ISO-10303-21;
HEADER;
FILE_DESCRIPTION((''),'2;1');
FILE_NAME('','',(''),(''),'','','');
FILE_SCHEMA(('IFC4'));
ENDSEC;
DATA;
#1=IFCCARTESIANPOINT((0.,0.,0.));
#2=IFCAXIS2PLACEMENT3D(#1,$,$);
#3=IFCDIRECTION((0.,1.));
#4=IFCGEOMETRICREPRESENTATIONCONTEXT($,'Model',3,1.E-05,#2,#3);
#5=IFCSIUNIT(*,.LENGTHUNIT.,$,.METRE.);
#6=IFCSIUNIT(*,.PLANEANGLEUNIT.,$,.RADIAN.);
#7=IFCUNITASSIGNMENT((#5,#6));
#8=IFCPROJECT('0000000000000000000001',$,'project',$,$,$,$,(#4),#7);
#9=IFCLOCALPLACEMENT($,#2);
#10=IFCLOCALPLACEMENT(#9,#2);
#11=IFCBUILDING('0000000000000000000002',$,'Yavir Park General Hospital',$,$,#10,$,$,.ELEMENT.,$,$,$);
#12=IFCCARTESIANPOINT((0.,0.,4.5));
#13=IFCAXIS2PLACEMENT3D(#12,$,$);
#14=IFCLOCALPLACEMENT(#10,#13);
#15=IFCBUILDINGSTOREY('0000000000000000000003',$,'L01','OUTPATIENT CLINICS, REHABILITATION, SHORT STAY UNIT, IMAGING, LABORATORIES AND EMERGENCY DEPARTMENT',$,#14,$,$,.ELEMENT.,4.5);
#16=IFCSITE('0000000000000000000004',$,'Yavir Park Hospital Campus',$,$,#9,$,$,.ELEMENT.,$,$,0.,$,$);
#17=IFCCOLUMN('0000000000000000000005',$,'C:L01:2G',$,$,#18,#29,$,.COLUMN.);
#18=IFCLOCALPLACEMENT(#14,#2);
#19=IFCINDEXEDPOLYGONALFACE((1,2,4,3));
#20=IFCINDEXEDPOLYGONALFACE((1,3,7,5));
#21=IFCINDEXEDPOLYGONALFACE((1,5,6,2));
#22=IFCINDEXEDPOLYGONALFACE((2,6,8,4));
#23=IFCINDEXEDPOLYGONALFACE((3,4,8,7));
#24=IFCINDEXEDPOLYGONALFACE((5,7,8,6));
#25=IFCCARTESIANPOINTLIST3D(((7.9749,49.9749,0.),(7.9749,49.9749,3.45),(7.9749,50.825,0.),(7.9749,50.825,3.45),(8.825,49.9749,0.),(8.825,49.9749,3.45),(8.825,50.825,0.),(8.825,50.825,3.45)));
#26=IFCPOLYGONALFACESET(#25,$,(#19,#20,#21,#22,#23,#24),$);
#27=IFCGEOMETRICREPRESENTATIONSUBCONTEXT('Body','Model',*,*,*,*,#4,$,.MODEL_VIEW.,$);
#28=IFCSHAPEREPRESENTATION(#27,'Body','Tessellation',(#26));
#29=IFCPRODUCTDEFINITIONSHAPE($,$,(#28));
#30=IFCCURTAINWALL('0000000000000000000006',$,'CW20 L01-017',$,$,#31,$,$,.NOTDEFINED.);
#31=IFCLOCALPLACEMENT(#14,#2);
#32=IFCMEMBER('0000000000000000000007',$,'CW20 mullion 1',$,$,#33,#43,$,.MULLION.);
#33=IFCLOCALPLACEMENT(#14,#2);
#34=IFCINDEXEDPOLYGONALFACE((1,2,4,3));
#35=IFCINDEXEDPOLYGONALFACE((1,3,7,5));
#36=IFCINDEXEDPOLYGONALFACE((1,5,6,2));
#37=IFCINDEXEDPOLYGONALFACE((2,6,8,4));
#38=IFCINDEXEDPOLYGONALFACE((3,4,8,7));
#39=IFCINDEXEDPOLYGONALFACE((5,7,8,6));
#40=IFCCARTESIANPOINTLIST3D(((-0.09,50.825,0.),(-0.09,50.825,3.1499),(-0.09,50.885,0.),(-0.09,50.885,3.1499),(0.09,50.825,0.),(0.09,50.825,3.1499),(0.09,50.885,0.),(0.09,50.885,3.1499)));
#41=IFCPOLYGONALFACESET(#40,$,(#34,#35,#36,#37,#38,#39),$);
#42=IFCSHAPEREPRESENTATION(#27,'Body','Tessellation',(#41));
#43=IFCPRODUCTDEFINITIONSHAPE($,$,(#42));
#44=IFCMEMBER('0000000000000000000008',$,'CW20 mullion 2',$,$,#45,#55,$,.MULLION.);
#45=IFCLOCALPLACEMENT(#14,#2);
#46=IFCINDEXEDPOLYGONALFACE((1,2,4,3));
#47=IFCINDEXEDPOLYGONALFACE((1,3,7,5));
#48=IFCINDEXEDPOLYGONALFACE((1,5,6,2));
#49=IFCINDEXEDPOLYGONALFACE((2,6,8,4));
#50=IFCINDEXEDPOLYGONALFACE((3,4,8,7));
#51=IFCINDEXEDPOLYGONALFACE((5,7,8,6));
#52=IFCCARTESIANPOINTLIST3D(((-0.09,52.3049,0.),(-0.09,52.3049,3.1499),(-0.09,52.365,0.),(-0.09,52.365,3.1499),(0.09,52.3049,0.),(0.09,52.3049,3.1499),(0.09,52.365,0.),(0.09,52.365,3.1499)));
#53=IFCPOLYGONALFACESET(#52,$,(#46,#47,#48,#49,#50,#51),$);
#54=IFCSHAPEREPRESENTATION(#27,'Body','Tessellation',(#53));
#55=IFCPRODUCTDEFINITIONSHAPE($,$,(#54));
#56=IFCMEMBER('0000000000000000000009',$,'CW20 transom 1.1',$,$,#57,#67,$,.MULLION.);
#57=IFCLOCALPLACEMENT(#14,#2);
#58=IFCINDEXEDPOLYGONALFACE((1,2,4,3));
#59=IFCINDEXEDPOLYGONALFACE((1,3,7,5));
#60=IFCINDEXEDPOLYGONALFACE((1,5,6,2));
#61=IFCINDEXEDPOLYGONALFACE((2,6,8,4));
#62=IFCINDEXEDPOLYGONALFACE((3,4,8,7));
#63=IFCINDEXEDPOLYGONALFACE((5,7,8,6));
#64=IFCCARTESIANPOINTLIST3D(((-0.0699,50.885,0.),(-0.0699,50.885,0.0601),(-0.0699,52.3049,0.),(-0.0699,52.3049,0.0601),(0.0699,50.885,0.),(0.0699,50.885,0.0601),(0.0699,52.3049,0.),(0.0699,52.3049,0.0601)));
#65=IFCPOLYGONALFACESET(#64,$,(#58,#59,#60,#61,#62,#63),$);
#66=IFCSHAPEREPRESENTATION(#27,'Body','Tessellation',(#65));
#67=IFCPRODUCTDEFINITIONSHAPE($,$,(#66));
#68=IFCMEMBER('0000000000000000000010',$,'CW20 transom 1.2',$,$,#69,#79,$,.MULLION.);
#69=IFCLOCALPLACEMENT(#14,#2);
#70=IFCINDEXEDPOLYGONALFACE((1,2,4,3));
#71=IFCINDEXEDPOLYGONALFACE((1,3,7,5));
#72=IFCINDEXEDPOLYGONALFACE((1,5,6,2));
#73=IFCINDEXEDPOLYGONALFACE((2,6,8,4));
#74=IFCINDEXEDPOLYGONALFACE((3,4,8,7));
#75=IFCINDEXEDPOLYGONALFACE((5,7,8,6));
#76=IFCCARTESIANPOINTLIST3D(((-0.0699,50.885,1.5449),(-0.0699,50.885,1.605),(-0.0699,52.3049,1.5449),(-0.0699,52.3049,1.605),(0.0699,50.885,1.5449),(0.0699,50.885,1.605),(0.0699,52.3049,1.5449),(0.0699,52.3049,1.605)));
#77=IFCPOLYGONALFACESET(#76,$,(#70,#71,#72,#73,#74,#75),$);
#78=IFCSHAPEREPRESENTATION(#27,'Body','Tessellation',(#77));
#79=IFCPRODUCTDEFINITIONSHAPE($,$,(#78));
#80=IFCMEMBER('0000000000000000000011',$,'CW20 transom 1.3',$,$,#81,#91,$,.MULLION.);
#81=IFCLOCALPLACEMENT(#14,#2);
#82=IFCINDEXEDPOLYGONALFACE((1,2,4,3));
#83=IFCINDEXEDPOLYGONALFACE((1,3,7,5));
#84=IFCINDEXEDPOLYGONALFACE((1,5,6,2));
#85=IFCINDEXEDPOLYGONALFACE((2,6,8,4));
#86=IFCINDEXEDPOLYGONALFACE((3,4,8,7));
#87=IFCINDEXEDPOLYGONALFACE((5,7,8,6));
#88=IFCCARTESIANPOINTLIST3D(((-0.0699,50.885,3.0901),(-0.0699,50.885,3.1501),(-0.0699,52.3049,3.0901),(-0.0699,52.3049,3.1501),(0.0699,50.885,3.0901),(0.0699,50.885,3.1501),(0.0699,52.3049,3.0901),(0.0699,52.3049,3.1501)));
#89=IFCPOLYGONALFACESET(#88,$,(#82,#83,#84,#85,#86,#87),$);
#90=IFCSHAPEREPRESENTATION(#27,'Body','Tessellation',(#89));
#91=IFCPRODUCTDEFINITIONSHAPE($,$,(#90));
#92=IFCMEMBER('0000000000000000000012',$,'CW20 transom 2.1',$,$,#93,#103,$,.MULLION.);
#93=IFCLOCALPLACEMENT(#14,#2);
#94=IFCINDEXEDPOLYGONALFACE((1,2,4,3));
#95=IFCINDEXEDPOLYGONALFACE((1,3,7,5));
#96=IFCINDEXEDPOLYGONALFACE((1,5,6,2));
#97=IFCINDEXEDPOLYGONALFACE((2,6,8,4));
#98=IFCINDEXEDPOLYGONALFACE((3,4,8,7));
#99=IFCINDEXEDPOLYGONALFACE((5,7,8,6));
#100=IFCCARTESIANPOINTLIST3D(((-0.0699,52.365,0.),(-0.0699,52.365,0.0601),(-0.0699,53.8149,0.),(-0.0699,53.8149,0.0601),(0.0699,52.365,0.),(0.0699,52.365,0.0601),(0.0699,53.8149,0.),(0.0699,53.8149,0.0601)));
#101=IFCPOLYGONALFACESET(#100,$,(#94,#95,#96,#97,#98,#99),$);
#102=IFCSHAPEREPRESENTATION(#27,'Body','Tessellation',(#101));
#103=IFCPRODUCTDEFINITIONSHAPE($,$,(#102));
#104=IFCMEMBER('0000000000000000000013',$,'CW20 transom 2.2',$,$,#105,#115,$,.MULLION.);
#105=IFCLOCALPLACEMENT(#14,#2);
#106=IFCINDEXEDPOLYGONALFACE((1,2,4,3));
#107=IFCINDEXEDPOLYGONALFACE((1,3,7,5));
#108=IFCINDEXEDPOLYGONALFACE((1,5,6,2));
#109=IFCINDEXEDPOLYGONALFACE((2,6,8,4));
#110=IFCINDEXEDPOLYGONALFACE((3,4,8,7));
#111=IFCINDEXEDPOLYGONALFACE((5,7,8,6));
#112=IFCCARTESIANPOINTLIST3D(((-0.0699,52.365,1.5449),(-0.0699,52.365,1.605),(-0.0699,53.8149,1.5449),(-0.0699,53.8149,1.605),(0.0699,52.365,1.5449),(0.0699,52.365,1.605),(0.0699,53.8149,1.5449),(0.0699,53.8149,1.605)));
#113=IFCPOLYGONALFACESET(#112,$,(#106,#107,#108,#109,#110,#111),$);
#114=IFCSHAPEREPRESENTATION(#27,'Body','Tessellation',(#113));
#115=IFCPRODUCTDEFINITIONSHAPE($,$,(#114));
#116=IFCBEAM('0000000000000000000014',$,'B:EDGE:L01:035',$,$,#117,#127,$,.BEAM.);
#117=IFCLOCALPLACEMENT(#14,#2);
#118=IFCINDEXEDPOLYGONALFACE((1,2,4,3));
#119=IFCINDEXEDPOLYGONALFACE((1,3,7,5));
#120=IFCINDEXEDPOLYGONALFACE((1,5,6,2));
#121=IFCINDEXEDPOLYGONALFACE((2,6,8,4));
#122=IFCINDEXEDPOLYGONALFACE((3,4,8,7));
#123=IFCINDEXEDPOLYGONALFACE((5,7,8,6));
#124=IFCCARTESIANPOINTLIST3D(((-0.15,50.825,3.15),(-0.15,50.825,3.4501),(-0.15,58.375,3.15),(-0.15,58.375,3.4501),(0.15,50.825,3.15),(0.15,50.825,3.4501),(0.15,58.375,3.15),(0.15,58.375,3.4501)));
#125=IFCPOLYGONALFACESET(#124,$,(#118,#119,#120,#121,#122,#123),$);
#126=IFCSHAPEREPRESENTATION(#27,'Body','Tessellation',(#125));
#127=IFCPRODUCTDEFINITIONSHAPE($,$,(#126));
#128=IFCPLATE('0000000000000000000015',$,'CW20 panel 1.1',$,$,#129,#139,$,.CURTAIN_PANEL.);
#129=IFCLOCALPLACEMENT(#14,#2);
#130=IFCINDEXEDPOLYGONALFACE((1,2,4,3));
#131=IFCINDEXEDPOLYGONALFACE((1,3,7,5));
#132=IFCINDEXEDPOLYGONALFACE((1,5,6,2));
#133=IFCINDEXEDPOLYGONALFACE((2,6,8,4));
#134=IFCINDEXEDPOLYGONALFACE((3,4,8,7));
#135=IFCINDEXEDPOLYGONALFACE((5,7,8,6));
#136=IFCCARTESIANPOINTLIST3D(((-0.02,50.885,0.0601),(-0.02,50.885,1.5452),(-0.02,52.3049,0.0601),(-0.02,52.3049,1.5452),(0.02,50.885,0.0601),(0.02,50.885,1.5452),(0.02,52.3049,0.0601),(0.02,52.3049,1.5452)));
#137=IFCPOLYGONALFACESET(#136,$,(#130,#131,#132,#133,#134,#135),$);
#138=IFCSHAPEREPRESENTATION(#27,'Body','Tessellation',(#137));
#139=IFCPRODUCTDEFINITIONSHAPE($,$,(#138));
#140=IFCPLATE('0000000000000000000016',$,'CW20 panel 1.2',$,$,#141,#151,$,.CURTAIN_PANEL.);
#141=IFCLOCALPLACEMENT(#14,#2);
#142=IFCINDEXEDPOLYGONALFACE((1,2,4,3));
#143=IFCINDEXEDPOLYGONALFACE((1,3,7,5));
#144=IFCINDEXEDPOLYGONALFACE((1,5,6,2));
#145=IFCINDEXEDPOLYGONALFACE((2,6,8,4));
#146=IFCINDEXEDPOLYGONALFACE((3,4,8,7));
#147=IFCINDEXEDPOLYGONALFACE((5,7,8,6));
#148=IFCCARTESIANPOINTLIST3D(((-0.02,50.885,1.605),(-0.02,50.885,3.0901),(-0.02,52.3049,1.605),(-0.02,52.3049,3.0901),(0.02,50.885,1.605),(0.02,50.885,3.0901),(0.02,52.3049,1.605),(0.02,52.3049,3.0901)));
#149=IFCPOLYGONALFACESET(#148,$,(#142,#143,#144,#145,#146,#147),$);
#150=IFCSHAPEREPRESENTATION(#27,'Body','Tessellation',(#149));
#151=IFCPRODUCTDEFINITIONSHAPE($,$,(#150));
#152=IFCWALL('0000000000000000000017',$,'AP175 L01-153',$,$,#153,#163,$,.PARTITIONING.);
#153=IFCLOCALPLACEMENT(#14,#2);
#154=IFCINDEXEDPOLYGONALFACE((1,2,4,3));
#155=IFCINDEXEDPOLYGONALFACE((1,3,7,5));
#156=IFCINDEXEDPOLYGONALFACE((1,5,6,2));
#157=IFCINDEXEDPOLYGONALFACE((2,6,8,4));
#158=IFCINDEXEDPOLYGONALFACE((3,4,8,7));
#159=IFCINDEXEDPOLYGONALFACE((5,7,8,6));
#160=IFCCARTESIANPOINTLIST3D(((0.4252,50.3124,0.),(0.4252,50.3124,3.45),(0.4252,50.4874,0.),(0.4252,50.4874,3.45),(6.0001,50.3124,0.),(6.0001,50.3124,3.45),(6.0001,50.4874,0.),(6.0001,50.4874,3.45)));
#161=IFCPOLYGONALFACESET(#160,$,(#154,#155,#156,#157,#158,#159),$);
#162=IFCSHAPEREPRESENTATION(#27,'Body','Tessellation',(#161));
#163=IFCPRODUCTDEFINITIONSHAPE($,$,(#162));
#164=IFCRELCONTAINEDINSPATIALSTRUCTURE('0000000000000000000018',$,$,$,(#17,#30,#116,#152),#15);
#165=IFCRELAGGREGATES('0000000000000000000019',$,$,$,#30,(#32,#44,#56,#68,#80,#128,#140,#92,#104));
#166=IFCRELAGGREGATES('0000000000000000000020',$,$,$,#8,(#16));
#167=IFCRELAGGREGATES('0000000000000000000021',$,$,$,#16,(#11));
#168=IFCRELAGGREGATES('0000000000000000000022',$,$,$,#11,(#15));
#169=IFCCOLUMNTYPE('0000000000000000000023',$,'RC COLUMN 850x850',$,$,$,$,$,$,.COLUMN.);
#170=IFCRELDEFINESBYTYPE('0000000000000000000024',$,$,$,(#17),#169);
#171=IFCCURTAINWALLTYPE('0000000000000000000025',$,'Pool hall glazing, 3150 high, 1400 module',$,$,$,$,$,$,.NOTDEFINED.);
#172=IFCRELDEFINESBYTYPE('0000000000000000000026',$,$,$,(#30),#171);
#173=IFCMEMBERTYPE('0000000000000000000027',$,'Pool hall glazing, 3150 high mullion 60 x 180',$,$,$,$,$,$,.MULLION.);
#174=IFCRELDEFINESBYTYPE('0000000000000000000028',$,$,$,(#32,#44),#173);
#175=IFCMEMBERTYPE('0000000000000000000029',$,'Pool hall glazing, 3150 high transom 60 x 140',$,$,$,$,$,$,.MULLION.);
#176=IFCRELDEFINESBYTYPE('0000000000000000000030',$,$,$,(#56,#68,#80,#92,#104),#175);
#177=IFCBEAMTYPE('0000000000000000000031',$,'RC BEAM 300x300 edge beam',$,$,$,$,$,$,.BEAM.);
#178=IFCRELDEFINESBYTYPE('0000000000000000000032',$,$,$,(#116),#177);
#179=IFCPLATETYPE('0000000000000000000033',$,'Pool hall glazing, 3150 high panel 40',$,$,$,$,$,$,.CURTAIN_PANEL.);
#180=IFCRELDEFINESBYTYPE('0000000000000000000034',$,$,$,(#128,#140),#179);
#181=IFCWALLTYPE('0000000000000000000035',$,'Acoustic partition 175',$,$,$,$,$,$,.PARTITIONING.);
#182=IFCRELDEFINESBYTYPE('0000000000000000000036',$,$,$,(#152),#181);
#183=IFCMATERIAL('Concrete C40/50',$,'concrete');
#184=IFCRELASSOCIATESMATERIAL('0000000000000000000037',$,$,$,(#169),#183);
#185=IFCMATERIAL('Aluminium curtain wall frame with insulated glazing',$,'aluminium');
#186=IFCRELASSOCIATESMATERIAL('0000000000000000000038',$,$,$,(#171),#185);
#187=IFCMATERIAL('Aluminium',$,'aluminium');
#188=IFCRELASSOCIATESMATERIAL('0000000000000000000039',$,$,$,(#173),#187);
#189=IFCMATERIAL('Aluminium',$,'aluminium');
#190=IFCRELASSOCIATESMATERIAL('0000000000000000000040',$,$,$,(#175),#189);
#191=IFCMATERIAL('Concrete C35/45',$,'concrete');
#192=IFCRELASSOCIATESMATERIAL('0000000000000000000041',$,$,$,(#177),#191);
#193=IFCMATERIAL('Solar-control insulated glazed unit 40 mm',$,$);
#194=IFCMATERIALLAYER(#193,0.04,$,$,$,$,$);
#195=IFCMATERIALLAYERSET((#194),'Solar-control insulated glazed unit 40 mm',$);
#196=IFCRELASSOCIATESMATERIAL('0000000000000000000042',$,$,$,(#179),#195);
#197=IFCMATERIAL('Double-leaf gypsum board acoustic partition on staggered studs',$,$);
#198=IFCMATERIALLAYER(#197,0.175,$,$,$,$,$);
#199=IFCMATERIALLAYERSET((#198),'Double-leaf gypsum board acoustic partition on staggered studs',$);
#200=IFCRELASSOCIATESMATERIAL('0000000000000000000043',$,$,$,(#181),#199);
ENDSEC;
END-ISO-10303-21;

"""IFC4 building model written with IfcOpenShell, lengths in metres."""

from ifc_helpers import new_model, si_unit, direction, frame, frame_2d, origin, origin_2d, place, context, subcontext, project, spatial, rectangle, extrude, material, layer, layer_set, material_profile, profile_set, type_object, element, aggregate, save


model = new_model("IFC4")

# Units and contexts
model_context = context("Model", 3, precision=1e-05, world=origin(), true_north=direction((0.0, 1.0)))
body_context = subcontext(model_context, "Body", "Model", "MODEL_VIEW")
ifc_project = project(units=[si_unit("LENGTHUNIT", "METRE"), si_unit("PLANEANGLEUNIT", "RADIAN")], contexts=[model_context])

# Site, building, storey
site_placement = place(None, origin())
site = spatial("IfcSite", under=ifc_project, at=site_placement, Name="Yavir Park Hospital Campus", CompositionType="ELEMENT", RefElevation=0.0)
building_placement = place(site_placement, origin())
building = spatial("IfcBuilding", under=site, at=building_placement, Name="Yavir Park General Hospital", CompositionType="ELEMENT")
storey_placement = place(building_placement, frame((0.0, 0.0, 4.5)))
storey = spatial("IfcBuildingStorey", under=building, at=storey_placement, Name="L01", Description="OUTPATIENT CLINICS, REHABILITATION, SHORT STAY UNIT, IMAGING, LABORATORIES AND EMERGENCY DEPARTMENT", CompositionType="ELEMENT", Elevation=4.5)

# Column
ifc_material_1 = material(Name="Concrete C40/50", Category="concrete")
ifc_material_profile_1 = material_profile(ifc_material_1, rectangle(XDim=0.8501, YDim=0.8501, at=origin_2d()), Name="RC850x850")
ifc_profile_set_1 = profile_set([ifc_material_profile_1], Name="Concrete C40/50")
column_type = type_object("IfcColumnType", Name="RC COLUMN 850x850", PredefinedType="COLUMN", material=ifc_profile_set_1)
column_placement = place(storey_placement, frame((8.3999, 50.3999, 0.0), z_axis=(0.0, 0.0, 1.0), x_axis=(1.0, 0.0, 0.0)))
element("IfcColumn", 1, at=column_placement, inside=storey, type_object=column_type, Name="C:L01:2G", PredefinedType="COLUMN", context=body_context, shape_type="SweptSolid", body=[
    extrude(rectangle(XDim=0.8501, YDim=0.8501, at=origin_2d()), origin(), (0.0, 0.0, 1.0), 3.45),
])

# Curtain wall, members
ifc_material_2 = material(Name="Aluminium curtain wall frame with insulated glazing", Category="aluminium")
curtain_wall_type = type_object("IfcCurtainWallType", Name="Pool hall glazing, 3150 high, 1400 module", PredefinedType="NOTDEFINED", material=ifc_material_2)
curtain_wall_placement = place(storey_placement, origin())
curtain_wall = element("IfcCurtainWall", 2, at=curtain_wall_placement, inside=storey, type_object=curtain_wall_type, Name="CW20 L01-017", PredefinedType="NOTDEFINED")
ifc_material_3 = material(Name="Aluminium", Category="aluminium")
ifc_material_profile_2 = material_profile(ifc_material_3, rectangle(XDim=0.1799, YDim=0.0601, at=origin_2d()), Name="AL 60x180")
ifc_profile_set_2 = profile_set([ifc_material_profile_2], Name="Aluminium")
member_type_1 = type_object("IfcMemberType", Name="Pool hall glazing, 3150 high mullion 60 x 180", PredefinedType="MULLION", material=ifc_profile_set_2)
member_1_placement = place(storey_placement, frame((0.0, 50.855, 0.0), z_axis=(0.0, 0.0, 1.0), x_axis=(-1.0, 0.0, 0.0)))
member_1 = element("IfcMember", 3, at=member_1_placement, type_object=member_type_1, Name="CW20 mullion 1", PredefinedType="MULLION", context=body_context, shape_type="SweptSolid", body=[
    extrude(rectangle(XDim=0.1799, YDim=0.0601, at=origin_2d()), origin(), (0.0, 0.0, 1.0), 3.1499),
])
member_2_placement = place(storey_placement, frame((0.0, 52.335, 0.0), z_axis=(0.0, 0.0, 1.0), x_axis=(-1.0, 0.0, 0.0)))
member_2 = element("IfcMember", 4, at=member_2_placement, type_object=member_type_1, Name="CW20 mullion 2", PredefinedType="MULLION", context=body_context, shape_type="SweptSolid", body=[
    extrude(rectangle(XDim=0.1799, YDim=0.0601, at=origin_2d()), origin(), (0.0, 0.0, 1.0), 3.1499),
])
ifc_material_4 = material(Name="Aluminium", Category="aluminium")
ifc_material_profile_3 = material_profile(ifc_material_4, rectangle(XDim=0.1399, YDim=0.0601, at=origin_2d()), Name="AL 140x60")
ifc_profile_set_3 = profile_set([ifc_material_profile_3], Name="Aluminium")
member_type_2 = type_object("IfcMemberType", Name="Pool hall glazing, 3150 high transom 60 x 140", PredefinedType="MULLION", material=ifc_profile_set_3)
member_3_placement = place(storey_placement, frame((0.0, 50.885, 0.03), z_axis=(0.0, 1.0, 0.0), x_axis=(-1.0, 0.0, 0.0)))
member_3 = element("IfcMember", 5, at=member_3_placement, type_object=member_type_2, Name="CW20 transom 1.1", PredefinedType="MULLION", context=body_context, shape_type="SweptSolid", body=[
    extrude(rectangle(XDim=0.1399, YDim=0.0601, at=origin_2d()), origin(), (0.0, 0.0, 1.0), 1.4199),
])
member_4_placement = place(storey_placement, frame((0.0, 50.885, 1.575), z_axis=(0.0, 1.0, 0.0), x_axis=(-1.0, 0.0, 0.0)))
member_4 = element("IfcMember", 6, at=member_4_placement, type_object=member_type_2, Name="CW20 transom 1.2", PredefinedType="MULLION", context=body_context, shape_type="SweptSolid", body=[
    extrude(rectangle(XDim=0.1399, YDim=0.0601, at=origin_2d()), origin(), (0.0, 0.0, 1.0), 1.4199),
])
member_5_placement = place(storey_placement, frame((0.0, 50.885, 3.1201), z_axis=(0.0, 1.0, 0.0), x_axis=(-1.0, 0.0, 0.0)))
member_5 = element("IfcMember", 7, at=member_5_placement, type_object=member_type_2, Name="CW20 transom 1.3", PredefinedType="MULLION", context=body_context, shape_type="SweptSolid", body=[
    extrude(rectangle(XDim=0.1399, YDim=0.0601, at=origin_2d()), origin(), (0.0, 0.0, 1.0), 1.4199),
])
member_6_placement = place(storey_placement, frame((0.0, 52.365, 0.03), z_axis=(0.0, 1.0, 0.0), x_axis=(-1.0, 0.0, 0.0)))
member_6 = element("IfcMember", 8, at=member_6_placement, type_object=member_type_2, Name="CW20 transom 2.1", PredefinedType="MULLION", context=body_context, shape_type="SweptSolid", body=[
    extrude(rectangle(XDim=0.1399, YDim=0.0601, at=origin_2d()), origin(), (0.0, 0.0, 1.0), 1.45),
])
member_7_placement = place(storey_placement, frame((0.0, 52.365, 1.575), z_axis=(0.0, 1.0, 0.0), x_axis=(-1.0, 0.0, 0.0)))
member_7 = element("IfcMember", 9, at=member_7_placement, type_object=member_type_2, Name="CW20 transom 2.2", PredefinedType="MULLION", context=body_context, shape_type="SweptSolid", body=[
    extrude(rectangle(XDim=0.1399, YDim=0.0601, at=origin_2d()), origin(), (0.0, 0.0, 1.0), 1.45),
])

# Beam
ifc_material_5 = material(Name="Concrete C35/45", Category="concrete")
ifc_material_profile_4 = material_profile(ifc_material_5, rectangle(XDim=0.3, YDim=0.3, at=origin_2d()), Name="RC300x300")
ifc_profile_set_4 = profile_set([ifc_material_profile_4], Name="Concrete C35/45")
beam_type = type_object("IfcBeamType", Name="RC BEAM 300x300 edge beam", PredefinedType="BEAM", material=ifc_profile_set_4)
beam_placement = place(storey_placement, frame((0.0, 50.825, 3.3), z_axis=(0.0, 1.0, 0.0), x_axis=(-1.0, 0.0, 0.0)))
element("IfcBeam", 10, at=beam_placement, inside=storey, type_object=beam_type, Name="B:EDGE:L01:035", PredefinedType="BEAM", context=body_context, shape_type="SweptSolid", body=[
    extrude(rectangle(XDim=0.3, YDim=0.3, at=origin_2d()), origin(), (0.0, 0.0, 1.0), 7.55),
])

# Plates
ifc_material_6 = material(Name="Solar-control insulated glazed unit 40 mm")
ifc_layer_1 = layer(ifc_material_6, 0.04)
ifc_layer_set_1 = layer_set([ifc_layer_1], Name="Solar-control insulated glazed unit 40 mm")
plate_type = type_object("IfcPlateType", Name="Pool hall glazing, 3150 high panel 40", PredefinedType="CURTAIN_PANEL", material=ifc_layer_set_1)
plate_1_placement = place(storey_placement, frame((0.0, 51.595, 0.0601), z_axis=(0.0, 0.0, 1.0), x_axis=(0.0, 1.0, 0.0)))
plate_1 = element("IfcPlate", 11, at=plate_1_placement, type_object=plate_type, Name="CW20 panel 1.1", PredefinedType="CURTAIN_PANEL", context=body_context, shape_type="SweptSolid", body=[
    extrude(rectangle(XDim=1.4199, YDim=0.04, at=origin_2d()), origin(), (0.0, 0.0, 1.0), 1.4851),
])
plate_2_placement = place(storey_placement, frame((0.0, 51.595, 1.605), z_axis=(0.0, 0.0, 1.0), x_axis=(0.0, 1.0, 0.0)))
plate_2 = element("IfcPlate", 12, at=plate_2_placement, type_object=plate_type, Name="CW20 panel 1.2", PredefinedType="CURTAIN_PANEL", context=body_context, shape_type="SweptSolid", body=[
    extrude(rectangle(XDim=1.4199, YDim=0.04, at=origin_2d()), origin(), (0.0, 0.0, 1.0), 1.4851),
])
aggregate(curtain_wall, [member_1, member_2, member_3, member_4, member_5, plate_1, plate_2, member_6, member_7])

# Wall
ifc_material_7 = material(Name="Double-leaf gypsum board acoustic partition on staggered studs")
ifc_layer_2 = layer(ifc_material_7, 0.175)
ifc_layer_set_2 = layer_set([ifc_layer_2], Name="Double-leaf gypsum board acoustic partition on staggered studs")
wall_type_1 = type_object("IfcWallType", Name="Acoustic partition 175", PredefinedType="PARTITIONING", material=ifc_layer_set_2)
wall_1_placement = place(storey_placement, frame((0.425, 50.3999, 0.0), z_axis=(0.0, 0.0, 1.0), x_axis=(1.0, 0.0, 0.0)))
element("IfcWall", 13, at=wall_1_placement, inside=storey, type_object=wall_type_1, Name="AP175 L01-153", PredefinedType="PARTITIONING", context=body_context, shape_type="SweptSolid", body=[
    extrude(rectangle(XDim=5.575, YDim=0.175, at=frame_2d((2.7876, 0.0))), origin(), (0.0, 0.0, 1.0), 3.45),
])

save(model, "model.ifc")
